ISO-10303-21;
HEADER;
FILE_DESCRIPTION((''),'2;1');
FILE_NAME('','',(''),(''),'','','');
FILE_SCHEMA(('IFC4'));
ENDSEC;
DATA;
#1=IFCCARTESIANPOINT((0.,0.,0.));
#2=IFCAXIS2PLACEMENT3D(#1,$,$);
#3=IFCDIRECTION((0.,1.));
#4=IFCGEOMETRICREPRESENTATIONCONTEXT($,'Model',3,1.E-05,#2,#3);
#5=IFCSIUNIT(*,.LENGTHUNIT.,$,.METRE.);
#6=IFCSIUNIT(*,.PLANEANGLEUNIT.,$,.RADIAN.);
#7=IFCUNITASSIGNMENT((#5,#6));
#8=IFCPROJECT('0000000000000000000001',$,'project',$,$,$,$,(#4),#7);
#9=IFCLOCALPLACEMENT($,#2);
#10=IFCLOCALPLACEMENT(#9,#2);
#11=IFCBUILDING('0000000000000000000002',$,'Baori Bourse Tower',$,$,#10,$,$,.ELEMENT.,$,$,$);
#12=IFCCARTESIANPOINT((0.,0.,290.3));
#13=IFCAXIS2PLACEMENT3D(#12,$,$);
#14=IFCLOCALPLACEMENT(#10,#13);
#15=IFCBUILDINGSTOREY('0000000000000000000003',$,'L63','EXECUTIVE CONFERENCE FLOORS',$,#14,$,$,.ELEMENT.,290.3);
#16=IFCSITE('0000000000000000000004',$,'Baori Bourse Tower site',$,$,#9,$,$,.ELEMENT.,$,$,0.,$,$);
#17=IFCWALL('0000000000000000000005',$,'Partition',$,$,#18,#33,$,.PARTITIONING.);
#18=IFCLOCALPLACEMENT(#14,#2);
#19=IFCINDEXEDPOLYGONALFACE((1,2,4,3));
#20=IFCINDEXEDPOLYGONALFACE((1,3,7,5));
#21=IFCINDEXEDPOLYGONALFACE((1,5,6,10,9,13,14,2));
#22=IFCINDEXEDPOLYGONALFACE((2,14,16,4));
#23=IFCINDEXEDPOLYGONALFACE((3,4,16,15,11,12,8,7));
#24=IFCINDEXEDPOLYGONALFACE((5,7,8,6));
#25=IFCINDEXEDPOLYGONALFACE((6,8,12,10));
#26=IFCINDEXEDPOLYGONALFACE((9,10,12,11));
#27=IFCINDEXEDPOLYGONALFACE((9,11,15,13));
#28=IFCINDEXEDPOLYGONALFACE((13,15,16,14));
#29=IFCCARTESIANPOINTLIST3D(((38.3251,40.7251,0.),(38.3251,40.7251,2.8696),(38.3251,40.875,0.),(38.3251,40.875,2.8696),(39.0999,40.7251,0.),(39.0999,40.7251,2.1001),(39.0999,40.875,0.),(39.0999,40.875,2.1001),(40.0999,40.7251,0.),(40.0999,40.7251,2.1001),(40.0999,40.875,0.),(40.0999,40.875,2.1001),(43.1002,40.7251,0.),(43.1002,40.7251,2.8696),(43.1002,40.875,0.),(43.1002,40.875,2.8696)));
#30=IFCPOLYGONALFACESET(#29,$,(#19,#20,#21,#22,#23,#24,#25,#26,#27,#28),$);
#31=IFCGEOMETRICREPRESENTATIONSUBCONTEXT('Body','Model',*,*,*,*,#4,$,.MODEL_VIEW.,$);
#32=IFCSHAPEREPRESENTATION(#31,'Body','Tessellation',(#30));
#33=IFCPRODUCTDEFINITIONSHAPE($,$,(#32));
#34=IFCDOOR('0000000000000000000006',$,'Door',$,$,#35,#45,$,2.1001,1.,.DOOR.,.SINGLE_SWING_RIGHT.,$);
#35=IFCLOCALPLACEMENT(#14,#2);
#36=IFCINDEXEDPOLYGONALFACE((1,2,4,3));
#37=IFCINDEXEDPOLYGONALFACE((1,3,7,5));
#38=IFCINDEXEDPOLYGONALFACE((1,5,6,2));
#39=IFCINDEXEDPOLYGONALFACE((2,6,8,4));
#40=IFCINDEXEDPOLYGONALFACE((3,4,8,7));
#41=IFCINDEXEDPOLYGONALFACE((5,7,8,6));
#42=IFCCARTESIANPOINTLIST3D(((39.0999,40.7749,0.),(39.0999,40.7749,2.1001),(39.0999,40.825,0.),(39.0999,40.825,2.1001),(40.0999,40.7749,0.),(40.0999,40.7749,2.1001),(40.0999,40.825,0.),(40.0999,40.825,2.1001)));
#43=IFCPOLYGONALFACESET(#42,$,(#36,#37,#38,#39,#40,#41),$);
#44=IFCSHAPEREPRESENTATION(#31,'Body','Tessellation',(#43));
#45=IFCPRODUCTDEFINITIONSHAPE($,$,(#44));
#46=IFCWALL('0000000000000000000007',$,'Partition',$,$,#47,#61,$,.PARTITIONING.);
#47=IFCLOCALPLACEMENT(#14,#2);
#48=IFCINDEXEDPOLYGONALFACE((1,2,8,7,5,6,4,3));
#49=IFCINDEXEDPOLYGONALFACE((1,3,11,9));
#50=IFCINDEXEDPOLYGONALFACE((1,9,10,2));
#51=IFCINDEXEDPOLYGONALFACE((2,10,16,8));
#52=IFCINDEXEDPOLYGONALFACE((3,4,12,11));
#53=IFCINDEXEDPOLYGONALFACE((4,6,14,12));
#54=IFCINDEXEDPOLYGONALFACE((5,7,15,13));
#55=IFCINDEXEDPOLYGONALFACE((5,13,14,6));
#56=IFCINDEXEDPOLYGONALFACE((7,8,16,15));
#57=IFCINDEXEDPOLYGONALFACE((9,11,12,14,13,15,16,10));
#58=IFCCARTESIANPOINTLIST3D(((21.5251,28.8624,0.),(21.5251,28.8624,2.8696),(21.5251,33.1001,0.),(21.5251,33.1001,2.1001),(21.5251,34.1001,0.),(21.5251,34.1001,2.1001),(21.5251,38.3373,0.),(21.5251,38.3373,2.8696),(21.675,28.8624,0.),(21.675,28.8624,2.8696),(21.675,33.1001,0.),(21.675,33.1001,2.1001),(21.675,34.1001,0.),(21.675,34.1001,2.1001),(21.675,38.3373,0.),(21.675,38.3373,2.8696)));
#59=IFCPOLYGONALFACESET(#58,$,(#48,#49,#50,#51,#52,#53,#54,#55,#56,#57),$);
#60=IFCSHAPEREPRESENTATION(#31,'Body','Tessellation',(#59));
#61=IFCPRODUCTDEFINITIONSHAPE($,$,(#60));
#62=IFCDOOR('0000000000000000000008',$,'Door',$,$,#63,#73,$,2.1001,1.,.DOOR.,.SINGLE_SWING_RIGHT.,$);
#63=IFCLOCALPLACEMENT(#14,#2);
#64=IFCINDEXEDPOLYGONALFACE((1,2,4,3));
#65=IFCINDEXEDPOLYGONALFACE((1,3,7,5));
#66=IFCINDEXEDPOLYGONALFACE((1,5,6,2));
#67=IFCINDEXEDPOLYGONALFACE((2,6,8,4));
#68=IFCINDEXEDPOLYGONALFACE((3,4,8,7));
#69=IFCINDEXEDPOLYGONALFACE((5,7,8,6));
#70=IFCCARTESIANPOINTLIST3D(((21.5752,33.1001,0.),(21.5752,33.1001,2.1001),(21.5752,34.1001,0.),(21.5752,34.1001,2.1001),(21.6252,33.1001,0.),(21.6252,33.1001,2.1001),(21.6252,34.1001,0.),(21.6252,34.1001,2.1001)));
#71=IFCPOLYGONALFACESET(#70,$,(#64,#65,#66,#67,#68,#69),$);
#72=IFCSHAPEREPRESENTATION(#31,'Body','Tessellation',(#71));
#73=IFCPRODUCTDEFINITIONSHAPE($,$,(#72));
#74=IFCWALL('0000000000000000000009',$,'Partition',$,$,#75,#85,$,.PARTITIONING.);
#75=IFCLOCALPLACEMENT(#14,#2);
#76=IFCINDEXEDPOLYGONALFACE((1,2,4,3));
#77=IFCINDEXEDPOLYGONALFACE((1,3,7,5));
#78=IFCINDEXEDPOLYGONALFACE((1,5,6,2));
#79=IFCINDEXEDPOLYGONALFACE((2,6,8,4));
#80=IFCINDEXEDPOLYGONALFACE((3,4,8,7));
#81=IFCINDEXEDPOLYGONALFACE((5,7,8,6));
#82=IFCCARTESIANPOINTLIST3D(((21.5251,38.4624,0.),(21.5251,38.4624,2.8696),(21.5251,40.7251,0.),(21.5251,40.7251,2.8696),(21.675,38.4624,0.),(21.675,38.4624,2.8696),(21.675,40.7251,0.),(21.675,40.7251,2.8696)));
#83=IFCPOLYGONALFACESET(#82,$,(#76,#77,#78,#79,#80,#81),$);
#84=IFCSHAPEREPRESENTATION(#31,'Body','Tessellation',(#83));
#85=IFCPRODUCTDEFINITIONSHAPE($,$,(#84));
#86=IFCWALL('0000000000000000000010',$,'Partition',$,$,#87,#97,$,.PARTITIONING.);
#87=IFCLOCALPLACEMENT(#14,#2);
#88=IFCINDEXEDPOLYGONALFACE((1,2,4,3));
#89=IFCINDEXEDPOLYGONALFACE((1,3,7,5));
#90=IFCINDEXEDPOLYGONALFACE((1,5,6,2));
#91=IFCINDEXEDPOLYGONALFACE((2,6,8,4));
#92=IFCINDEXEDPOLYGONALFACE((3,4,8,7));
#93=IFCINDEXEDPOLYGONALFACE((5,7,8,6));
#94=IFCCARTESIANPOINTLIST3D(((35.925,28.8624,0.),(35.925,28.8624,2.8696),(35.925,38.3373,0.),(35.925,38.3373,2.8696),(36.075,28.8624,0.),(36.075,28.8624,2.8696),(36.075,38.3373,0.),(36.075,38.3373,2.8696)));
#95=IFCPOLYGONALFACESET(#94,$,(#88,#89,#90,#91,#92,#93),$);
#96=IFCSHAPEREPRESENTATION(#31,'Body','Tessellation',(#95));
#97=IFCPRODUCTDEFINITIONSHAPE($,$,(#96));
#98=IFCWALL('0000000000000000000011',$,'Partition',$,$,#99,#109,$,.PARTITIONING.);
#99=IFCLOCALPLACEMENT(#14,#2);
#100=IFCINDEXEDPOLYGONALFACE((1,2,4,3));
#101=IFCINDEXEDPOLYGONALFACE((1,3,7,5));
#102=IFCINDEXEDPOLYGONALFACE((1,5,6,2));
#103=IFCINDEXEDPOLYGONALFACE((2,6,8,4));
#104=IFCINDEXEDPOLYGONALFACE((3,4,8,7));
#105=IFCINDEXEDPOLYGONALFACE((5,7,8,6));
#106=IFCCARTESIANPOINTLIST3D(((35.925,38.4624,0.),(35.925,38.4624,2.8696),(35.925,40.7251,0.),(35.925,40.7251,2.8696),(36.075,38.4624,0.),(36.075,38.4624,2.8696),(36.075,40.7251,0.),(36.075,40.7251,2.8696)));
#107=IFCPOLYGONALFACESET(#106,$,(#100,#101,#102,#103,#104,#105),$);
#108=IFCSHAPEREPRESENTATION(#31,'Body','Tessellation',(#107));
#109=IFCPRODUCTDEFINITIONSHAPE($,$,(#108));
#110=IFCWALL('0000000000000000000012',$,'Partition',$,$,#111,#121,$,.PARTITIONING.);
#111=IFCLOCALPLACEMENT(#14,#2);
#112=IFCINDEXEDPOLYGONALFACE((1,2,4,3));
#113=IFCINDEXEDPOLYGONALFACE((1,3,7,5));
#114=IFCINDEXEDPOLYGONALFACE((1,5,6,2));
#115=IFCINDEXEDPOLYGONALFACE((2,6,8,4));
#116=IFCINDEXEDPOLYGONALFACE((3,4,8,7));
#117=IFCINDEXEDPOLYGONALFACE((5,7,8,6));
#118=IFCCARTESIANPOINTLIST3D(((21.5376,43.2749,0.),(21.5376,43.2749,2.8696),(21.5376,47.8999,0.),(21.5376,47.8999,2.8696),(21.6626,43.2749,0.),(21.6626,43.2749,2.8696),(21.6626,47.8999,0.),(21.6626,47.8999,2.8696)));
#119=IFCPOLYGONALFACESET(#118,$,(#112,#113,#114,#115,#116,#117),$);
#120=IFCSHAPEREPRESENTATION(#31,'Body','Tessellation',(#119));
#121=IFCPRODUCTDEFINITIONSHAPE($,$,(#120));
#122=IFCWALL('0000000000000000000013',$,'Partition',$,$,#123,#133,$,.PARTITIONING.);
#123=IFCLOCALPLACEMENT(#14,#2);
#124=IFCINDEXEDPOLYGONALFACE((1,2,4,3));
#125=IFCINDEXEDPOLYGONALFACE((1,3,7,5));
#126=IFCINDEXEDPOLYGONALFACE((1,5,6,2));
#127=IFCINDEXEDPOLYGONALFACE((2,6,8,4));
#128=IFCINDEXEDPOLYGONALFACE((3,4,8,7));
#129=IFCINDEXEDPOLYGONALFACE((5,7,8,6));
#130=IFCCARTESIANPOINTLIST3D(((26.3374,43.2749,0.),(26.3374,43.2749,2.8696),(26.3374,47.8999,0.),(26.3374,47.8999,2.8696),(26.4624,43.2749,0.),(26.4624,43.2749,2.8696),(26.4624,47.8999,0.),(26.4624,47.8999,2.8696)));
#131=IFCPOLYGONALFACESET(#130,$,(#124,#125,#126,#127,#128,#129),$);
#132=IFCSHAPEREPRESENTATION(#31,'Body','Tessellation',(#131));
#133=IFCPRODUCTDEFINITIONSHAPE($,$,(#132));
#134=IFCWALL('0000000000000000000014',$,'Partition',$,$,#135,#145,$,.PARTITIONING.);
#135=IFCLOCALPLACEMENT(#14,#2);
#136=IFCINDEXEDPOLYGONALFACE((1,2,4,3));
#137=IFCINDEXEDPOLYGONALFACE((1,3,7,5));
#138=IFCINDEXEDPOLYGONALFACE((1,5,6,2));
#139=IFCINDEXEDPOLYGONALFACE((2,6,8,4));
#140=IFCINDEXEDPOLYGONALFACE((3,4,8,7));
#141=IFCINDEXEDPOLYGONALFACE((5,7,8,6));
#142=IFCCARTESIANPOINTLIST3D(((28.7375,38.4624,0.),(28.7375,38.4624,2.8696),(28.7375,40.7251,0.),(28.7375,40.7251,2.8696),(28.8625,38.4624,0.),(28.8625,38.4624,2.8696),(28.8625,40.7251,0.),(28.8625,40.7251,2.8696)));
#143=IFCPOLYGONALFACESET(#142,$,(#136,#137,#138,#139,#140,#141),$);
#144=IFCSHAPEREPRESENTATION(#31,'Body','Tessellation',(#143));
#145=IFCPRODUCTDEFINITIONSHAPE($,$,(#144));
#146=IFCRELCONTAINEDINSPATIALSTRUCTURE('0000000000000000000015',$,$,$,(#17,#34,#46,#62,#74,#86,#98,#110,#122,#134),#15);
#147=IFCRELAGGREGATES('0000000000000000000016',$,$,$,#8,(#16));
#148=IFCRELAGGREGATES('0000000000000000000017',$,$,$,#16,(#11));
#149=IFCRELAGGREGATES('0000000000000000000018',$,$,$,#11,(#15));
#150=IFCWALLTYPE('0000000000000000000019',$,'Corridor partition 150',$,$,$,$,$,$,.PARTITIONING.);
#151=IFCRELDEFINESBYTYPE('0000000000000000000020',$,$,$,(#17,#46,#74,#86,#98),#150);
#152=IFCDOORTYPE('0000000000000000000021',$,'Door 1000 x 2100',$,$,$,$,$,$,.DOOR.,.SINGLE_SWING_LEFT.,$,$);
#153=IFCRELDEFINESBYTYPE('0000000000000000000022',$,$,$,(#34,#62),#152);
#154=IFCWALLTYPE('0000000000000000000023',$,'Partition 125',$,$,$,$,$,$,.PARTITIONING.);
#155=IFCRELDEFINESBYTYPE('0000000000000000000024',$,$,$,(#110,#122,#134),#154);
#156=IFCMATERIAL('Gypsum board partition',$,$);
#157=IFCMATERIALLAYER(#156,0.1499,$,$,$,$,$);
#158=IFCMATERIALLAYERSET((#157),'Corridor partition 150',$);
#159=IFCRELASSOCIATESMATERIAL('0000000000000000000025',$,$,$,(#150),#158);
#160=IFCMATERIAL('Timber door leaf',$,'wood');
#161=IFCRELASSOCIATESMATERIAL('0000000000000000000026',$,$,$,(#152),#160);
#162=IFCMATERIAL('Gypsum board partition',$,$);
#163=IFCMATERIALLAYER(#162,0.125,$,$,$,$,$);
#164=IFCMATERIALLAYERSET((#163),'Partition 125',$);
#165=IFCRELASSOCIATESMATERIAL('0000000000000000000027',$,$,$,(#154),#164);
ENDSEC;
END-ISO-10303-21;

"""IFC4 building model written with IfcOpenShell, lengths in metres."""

from ifc_helpers import new_model, si_unit, direction, frame, frame_2d, origin, place, context, subcontext, project, spatial, rectangle, extrude, material, layer, layer_set, type_object, element, fill, save


model = new_model("IFC4")

# Units and contexts
model_context = context("Model", 3, precision=1e-05, world=origin(), true_north=direction((0.0, 1.0)))
body_context = subcontext(model_context, "Body", "Model", "MODEL_VIEW")
ifc_project = project(units=[si_unit("LENGTHUNIT", "METRE"), si_unit("PLANEANGLEUNIT", "RADIAN")], contexts=[model_context])

# Site, building, storey
site_placement = place(None, origin())
site = spatial("IfcSite", under=ifc_project, at=site_placement, Name="Baori Bourse Tower site", CompositionType="ELEMENT", RefElevation=0.0)
building_placement = place(site_placement, origin())
building = spatial("IfcBuilding", under=site, at=building_placement, Name="Baori Bourse Tower", CompositionType="ELEMENT")
storey_placement = place(building_placement, frame((0.0, 0.0, 290.3)))
storey = spatial("IfcBuildingStorey", under=building, at=storey_placement, Name="L63", Description="EXECUTIVE CONFERENCE FLOORS", CompositionType="ELEMENT", Elevation=290.3)

# Walls, openings, doors
ifc_material_1 = material(Name="Gypsum board partition")
ifc_layer_1 = layer(ifc_material_1, 0.1499)
ifc_layer_set_1 = layer_set([ifc_layer_1], Name="Corridor partition 150")
wall_type_1 = type_object("IfcWallType", Name="Corridor partition 150", PredefinedType="PARTITIONING", material=ifc_layer_set_1)
wall_1_placement = place(storey_placement, frame((38.325, 40.8, 0.0), z_axis=(0.0, 0.0, 1.0), x_axis=(1.0, 0.0, 0.0)))
wall_1 = element("IfcWall", 1, at=wall_1_placement, inside=storey, type_object=wall_type_1, Name="Partition", PredefinedType="PARTITIONING", context=body_context, shape_type="SweptSolid", body=[
    extrude(rectangle(XDim=4.7751, YDim=0.1499, at=frame_2d((2.3877, 0.0))), origin(), (0.0, 0.0, 1.0), 2.8696),
])
opening_1_placement = place(wall_1_placement, frame((0.7749, 0.0, 0.0)))
opening_1 = element("IfcOpeningElement", 2, at=opening_1_placement, cuts=wall_1, PredefinedType="OPENING", context=body_context, shape_type="SweptSolid", body=[
    extrude(rectangle(XDim=1.0, YDim=2.1001, at=frame_2d((0.5, 1.05))), frame((0.0, 0.085, 0.0), z_axis=(0.0, -1.0, 0.0), x_axis=(1.0, 0.0, 0.0)), (0.0, 0.0, 1.0), 0.1699),
])
ifc_material_2 = material(Name="Timber door leaf", Category="wood")
door_type = type_object("IfcDoorType", Name="Door 1000 x 2100", OperationType="SINGLE_SWING_LEFT", PredefinedType="DOOR", material=ifc_material_2)
door_1_placement = place(opening_1_placement, origin())
door_1 = element("IfcDoor", 3, at=door_1_placement, inside=storey, type_object=door_type, Name="Door", OperationType="SINGLE_SWING_RIGHT", OverallHeight=2.1001, OverallWidth=1.0, PredefinedType="DOOR", context=body_context, shape_type="SweptSolid", body=[
    extrude(rectangle(XDim=1.0, YDim=2.1001, at=frame_2d((0.5, 1.05))), frame((0.0, 0.0249, 0.0), z_axis=(0.0, -1.0, 0.0), x_axis=(1.0, 0.0, 0.0)), (0.0, 0.0, 1.0), 0.05),
])
fill(opening_1, door_1)
wall_2_placement = place(storey_placement, frame((21.6001, 28.8625, 0.0), z_axis=(0.0, 0.0, 1.0), x_axis=(0.0, 1.0, 0.0)))
wall_2 = element("IfcWall", 4, at=wall_2_placement, inside=storey, type_object=wall_type_1, Name="Partition", PredefinedType="PARTITIONING", context=body_context, shape_type="SweptSolid", body=[
    extrude(rectangle(XDim=9.4749, YDim=0.1499, at=frame_2d((4.7373, 0.0))), origin(), (0.0, 0.0, 1.0), 2.8696),
])
opening_2_placement = place(wall_2_placement, frame((4.2375, 0.0, 0.0)))
opening_2 = element("IfcOpeningElement", 5, at=opening_2_placement, cuts=wall_2, PredefinedType="OPENING", context=body_context, shape_type="SweptSolid", body=[
    extrude(rectangle(XDim=1.0, YDim=2.1001, at=frame_2d((0.5, 1.05))), frame((0.0, 0.085, 0.0), z_axis=(0.0, -1.0, 0.0), x_axis=(1.0, 0.0, 0.0)), (0.0, 0.0, 1.0), 0.1699),
])
door_2_placement = place(opening_2_placement, origin())
door_2 = element("IfcDoor", 6, at=door_2_placement, inside=storey, type_object=door_type, Name="Door", OperationType="SINGLE_SWING_RIGHT", OverallHeight=2.1001, OverallWidth=1.0, PredefinedType="DOOR", context=body_context, shape_type="SweptSolid", body=[
    extrude(rectangle(XDim=1.0, YDim=2.1001, at=frame_2d((0.5, 1.05))), frame((0.0, 0.0249, 0.0), z_axis=(0.0, -1.0, 0.0), x_axis=(1.0, 0.0, 0.0)), (0.0, 0.0, 1.0), 0.05),
])
fill(opening_2, door_2)

# Walls
wall_3_placement = place(storey_placement, frame((21.6001, 38.4624, 0.0), z_axis=(0.0, 0.0, 1.0), x_axis=(0.0, 1.0, 0.0)))
element("IfcWall", 7, at=wall_3_placement, inside=storey, type_object=wall_type_1, Name="Partition", PredefinedType="PARTITIONING", context=body_context, shape_type="SweptSolid", body=[
    extrude(rectangle(XDim=2.2627, YDim=0.1499, at=frame_2d((1.1313, 0.0))), origin(), (0.0, 0.0, 1.0), 2.8696),
])
wall_4_placement = place(storey_placement, frame((36.0, 28.8625, 0.0), z_axis=(0.0, 0.0, 1.0), x_axis=(0.0, 1.0, 0.0)))
element("IfcWall", 8, at=wall_4_placement, inside=storey, type_object=wall_type_1, Name="Partition", PredefinedType="PARTITIONING", context=body_context, shape_type="SweptSolid", body=[
    extrude(rectangle(XDim=9.4749, YDim=0.1499, at=frame_2d((4.7373, 0.0))), origin(), (0.0, 0.0, 1.0), 2.8696),
])
wall_5_placement = place(storey_placement, frame((36.0, 38.4624, 0.0), z_axis=(0.0, 0.0, 1.0), x_axis=(0.0, 1.0, 0.0)))
element("IfcWall", 9, at=wall_5_placement, inside=storey, type_object=wall_type_1, Name="Partition", PredefinedType="PARTITIONING", context=body_context, shape_type="SweptSolid", body=[
    extrude(rectangle(XDim=2.2627, YDim=0.1499, at=frame_2d((1.1313, 0.0))), origin(), (0.0, 0.0, 1.0), 2.8696),
])
ifc_material_3 = material(Name="Gypsum board partition")
ifc_layer_2 = layer(ifc_material_3, 0.125)
ifc_layer_set_2 = layer_set([ifc_layer_2], Name="Partition 125")
wall_type_2 = type_object("IfcWallType", Name="Partition 125", PredefinedType="PARTITIONING", material=ifc_layer_set_2)
for number, where, z_axis, x_axis, name in (
    (10, (21.6001, 43.2749, 0.0), (0.0, 0.0, 1.0), (0.0, 1.0, 0.0), "Partition"),
    (11, (26.3999, 43.2749, 0.0), (0.0, 0.0, 1.0), (0.0, 1.0, 0.0), "Partition"),
):
    element("IfcWall", number, at=place(storey_placement, frame(where, z_axis=z_axis, x_axis=x_axis)), inside=storey, type_object=wall_type_2, Name=name, PredefinedType="PARTITIONING", context=body_context, shape_type="SweptSolid", body=[
        extrude(rectangle(XDim=4.625, YDim=0.125, at=frame_2d((2.3125, 0.0))), origin(), (0.0, 0.0, 1.0), 2.8696),
    ])
wall_6_placement = place(storey_placement, frame((28.8, 38.4624, 0.0), z_axis=(0.0, 0.0, 1.0), x_axis=(0.0, 1.0, 0.0)))
element("IfcWall", 12, at=wall_6_placement, inside=storey, type_object=wall_type_2, Name="Partition", PredefinedType="PARTITIONING", context=body_context, shape_type="SweptSolid", body=[
    extrude(rectangle(XDim=2.2627, YDim=0.125, at=frame_2d((1.1313, 0.0))), origin(), (0.0, 0.0, 1.0), 2.8696),
])

save(model, "model.ifc")
